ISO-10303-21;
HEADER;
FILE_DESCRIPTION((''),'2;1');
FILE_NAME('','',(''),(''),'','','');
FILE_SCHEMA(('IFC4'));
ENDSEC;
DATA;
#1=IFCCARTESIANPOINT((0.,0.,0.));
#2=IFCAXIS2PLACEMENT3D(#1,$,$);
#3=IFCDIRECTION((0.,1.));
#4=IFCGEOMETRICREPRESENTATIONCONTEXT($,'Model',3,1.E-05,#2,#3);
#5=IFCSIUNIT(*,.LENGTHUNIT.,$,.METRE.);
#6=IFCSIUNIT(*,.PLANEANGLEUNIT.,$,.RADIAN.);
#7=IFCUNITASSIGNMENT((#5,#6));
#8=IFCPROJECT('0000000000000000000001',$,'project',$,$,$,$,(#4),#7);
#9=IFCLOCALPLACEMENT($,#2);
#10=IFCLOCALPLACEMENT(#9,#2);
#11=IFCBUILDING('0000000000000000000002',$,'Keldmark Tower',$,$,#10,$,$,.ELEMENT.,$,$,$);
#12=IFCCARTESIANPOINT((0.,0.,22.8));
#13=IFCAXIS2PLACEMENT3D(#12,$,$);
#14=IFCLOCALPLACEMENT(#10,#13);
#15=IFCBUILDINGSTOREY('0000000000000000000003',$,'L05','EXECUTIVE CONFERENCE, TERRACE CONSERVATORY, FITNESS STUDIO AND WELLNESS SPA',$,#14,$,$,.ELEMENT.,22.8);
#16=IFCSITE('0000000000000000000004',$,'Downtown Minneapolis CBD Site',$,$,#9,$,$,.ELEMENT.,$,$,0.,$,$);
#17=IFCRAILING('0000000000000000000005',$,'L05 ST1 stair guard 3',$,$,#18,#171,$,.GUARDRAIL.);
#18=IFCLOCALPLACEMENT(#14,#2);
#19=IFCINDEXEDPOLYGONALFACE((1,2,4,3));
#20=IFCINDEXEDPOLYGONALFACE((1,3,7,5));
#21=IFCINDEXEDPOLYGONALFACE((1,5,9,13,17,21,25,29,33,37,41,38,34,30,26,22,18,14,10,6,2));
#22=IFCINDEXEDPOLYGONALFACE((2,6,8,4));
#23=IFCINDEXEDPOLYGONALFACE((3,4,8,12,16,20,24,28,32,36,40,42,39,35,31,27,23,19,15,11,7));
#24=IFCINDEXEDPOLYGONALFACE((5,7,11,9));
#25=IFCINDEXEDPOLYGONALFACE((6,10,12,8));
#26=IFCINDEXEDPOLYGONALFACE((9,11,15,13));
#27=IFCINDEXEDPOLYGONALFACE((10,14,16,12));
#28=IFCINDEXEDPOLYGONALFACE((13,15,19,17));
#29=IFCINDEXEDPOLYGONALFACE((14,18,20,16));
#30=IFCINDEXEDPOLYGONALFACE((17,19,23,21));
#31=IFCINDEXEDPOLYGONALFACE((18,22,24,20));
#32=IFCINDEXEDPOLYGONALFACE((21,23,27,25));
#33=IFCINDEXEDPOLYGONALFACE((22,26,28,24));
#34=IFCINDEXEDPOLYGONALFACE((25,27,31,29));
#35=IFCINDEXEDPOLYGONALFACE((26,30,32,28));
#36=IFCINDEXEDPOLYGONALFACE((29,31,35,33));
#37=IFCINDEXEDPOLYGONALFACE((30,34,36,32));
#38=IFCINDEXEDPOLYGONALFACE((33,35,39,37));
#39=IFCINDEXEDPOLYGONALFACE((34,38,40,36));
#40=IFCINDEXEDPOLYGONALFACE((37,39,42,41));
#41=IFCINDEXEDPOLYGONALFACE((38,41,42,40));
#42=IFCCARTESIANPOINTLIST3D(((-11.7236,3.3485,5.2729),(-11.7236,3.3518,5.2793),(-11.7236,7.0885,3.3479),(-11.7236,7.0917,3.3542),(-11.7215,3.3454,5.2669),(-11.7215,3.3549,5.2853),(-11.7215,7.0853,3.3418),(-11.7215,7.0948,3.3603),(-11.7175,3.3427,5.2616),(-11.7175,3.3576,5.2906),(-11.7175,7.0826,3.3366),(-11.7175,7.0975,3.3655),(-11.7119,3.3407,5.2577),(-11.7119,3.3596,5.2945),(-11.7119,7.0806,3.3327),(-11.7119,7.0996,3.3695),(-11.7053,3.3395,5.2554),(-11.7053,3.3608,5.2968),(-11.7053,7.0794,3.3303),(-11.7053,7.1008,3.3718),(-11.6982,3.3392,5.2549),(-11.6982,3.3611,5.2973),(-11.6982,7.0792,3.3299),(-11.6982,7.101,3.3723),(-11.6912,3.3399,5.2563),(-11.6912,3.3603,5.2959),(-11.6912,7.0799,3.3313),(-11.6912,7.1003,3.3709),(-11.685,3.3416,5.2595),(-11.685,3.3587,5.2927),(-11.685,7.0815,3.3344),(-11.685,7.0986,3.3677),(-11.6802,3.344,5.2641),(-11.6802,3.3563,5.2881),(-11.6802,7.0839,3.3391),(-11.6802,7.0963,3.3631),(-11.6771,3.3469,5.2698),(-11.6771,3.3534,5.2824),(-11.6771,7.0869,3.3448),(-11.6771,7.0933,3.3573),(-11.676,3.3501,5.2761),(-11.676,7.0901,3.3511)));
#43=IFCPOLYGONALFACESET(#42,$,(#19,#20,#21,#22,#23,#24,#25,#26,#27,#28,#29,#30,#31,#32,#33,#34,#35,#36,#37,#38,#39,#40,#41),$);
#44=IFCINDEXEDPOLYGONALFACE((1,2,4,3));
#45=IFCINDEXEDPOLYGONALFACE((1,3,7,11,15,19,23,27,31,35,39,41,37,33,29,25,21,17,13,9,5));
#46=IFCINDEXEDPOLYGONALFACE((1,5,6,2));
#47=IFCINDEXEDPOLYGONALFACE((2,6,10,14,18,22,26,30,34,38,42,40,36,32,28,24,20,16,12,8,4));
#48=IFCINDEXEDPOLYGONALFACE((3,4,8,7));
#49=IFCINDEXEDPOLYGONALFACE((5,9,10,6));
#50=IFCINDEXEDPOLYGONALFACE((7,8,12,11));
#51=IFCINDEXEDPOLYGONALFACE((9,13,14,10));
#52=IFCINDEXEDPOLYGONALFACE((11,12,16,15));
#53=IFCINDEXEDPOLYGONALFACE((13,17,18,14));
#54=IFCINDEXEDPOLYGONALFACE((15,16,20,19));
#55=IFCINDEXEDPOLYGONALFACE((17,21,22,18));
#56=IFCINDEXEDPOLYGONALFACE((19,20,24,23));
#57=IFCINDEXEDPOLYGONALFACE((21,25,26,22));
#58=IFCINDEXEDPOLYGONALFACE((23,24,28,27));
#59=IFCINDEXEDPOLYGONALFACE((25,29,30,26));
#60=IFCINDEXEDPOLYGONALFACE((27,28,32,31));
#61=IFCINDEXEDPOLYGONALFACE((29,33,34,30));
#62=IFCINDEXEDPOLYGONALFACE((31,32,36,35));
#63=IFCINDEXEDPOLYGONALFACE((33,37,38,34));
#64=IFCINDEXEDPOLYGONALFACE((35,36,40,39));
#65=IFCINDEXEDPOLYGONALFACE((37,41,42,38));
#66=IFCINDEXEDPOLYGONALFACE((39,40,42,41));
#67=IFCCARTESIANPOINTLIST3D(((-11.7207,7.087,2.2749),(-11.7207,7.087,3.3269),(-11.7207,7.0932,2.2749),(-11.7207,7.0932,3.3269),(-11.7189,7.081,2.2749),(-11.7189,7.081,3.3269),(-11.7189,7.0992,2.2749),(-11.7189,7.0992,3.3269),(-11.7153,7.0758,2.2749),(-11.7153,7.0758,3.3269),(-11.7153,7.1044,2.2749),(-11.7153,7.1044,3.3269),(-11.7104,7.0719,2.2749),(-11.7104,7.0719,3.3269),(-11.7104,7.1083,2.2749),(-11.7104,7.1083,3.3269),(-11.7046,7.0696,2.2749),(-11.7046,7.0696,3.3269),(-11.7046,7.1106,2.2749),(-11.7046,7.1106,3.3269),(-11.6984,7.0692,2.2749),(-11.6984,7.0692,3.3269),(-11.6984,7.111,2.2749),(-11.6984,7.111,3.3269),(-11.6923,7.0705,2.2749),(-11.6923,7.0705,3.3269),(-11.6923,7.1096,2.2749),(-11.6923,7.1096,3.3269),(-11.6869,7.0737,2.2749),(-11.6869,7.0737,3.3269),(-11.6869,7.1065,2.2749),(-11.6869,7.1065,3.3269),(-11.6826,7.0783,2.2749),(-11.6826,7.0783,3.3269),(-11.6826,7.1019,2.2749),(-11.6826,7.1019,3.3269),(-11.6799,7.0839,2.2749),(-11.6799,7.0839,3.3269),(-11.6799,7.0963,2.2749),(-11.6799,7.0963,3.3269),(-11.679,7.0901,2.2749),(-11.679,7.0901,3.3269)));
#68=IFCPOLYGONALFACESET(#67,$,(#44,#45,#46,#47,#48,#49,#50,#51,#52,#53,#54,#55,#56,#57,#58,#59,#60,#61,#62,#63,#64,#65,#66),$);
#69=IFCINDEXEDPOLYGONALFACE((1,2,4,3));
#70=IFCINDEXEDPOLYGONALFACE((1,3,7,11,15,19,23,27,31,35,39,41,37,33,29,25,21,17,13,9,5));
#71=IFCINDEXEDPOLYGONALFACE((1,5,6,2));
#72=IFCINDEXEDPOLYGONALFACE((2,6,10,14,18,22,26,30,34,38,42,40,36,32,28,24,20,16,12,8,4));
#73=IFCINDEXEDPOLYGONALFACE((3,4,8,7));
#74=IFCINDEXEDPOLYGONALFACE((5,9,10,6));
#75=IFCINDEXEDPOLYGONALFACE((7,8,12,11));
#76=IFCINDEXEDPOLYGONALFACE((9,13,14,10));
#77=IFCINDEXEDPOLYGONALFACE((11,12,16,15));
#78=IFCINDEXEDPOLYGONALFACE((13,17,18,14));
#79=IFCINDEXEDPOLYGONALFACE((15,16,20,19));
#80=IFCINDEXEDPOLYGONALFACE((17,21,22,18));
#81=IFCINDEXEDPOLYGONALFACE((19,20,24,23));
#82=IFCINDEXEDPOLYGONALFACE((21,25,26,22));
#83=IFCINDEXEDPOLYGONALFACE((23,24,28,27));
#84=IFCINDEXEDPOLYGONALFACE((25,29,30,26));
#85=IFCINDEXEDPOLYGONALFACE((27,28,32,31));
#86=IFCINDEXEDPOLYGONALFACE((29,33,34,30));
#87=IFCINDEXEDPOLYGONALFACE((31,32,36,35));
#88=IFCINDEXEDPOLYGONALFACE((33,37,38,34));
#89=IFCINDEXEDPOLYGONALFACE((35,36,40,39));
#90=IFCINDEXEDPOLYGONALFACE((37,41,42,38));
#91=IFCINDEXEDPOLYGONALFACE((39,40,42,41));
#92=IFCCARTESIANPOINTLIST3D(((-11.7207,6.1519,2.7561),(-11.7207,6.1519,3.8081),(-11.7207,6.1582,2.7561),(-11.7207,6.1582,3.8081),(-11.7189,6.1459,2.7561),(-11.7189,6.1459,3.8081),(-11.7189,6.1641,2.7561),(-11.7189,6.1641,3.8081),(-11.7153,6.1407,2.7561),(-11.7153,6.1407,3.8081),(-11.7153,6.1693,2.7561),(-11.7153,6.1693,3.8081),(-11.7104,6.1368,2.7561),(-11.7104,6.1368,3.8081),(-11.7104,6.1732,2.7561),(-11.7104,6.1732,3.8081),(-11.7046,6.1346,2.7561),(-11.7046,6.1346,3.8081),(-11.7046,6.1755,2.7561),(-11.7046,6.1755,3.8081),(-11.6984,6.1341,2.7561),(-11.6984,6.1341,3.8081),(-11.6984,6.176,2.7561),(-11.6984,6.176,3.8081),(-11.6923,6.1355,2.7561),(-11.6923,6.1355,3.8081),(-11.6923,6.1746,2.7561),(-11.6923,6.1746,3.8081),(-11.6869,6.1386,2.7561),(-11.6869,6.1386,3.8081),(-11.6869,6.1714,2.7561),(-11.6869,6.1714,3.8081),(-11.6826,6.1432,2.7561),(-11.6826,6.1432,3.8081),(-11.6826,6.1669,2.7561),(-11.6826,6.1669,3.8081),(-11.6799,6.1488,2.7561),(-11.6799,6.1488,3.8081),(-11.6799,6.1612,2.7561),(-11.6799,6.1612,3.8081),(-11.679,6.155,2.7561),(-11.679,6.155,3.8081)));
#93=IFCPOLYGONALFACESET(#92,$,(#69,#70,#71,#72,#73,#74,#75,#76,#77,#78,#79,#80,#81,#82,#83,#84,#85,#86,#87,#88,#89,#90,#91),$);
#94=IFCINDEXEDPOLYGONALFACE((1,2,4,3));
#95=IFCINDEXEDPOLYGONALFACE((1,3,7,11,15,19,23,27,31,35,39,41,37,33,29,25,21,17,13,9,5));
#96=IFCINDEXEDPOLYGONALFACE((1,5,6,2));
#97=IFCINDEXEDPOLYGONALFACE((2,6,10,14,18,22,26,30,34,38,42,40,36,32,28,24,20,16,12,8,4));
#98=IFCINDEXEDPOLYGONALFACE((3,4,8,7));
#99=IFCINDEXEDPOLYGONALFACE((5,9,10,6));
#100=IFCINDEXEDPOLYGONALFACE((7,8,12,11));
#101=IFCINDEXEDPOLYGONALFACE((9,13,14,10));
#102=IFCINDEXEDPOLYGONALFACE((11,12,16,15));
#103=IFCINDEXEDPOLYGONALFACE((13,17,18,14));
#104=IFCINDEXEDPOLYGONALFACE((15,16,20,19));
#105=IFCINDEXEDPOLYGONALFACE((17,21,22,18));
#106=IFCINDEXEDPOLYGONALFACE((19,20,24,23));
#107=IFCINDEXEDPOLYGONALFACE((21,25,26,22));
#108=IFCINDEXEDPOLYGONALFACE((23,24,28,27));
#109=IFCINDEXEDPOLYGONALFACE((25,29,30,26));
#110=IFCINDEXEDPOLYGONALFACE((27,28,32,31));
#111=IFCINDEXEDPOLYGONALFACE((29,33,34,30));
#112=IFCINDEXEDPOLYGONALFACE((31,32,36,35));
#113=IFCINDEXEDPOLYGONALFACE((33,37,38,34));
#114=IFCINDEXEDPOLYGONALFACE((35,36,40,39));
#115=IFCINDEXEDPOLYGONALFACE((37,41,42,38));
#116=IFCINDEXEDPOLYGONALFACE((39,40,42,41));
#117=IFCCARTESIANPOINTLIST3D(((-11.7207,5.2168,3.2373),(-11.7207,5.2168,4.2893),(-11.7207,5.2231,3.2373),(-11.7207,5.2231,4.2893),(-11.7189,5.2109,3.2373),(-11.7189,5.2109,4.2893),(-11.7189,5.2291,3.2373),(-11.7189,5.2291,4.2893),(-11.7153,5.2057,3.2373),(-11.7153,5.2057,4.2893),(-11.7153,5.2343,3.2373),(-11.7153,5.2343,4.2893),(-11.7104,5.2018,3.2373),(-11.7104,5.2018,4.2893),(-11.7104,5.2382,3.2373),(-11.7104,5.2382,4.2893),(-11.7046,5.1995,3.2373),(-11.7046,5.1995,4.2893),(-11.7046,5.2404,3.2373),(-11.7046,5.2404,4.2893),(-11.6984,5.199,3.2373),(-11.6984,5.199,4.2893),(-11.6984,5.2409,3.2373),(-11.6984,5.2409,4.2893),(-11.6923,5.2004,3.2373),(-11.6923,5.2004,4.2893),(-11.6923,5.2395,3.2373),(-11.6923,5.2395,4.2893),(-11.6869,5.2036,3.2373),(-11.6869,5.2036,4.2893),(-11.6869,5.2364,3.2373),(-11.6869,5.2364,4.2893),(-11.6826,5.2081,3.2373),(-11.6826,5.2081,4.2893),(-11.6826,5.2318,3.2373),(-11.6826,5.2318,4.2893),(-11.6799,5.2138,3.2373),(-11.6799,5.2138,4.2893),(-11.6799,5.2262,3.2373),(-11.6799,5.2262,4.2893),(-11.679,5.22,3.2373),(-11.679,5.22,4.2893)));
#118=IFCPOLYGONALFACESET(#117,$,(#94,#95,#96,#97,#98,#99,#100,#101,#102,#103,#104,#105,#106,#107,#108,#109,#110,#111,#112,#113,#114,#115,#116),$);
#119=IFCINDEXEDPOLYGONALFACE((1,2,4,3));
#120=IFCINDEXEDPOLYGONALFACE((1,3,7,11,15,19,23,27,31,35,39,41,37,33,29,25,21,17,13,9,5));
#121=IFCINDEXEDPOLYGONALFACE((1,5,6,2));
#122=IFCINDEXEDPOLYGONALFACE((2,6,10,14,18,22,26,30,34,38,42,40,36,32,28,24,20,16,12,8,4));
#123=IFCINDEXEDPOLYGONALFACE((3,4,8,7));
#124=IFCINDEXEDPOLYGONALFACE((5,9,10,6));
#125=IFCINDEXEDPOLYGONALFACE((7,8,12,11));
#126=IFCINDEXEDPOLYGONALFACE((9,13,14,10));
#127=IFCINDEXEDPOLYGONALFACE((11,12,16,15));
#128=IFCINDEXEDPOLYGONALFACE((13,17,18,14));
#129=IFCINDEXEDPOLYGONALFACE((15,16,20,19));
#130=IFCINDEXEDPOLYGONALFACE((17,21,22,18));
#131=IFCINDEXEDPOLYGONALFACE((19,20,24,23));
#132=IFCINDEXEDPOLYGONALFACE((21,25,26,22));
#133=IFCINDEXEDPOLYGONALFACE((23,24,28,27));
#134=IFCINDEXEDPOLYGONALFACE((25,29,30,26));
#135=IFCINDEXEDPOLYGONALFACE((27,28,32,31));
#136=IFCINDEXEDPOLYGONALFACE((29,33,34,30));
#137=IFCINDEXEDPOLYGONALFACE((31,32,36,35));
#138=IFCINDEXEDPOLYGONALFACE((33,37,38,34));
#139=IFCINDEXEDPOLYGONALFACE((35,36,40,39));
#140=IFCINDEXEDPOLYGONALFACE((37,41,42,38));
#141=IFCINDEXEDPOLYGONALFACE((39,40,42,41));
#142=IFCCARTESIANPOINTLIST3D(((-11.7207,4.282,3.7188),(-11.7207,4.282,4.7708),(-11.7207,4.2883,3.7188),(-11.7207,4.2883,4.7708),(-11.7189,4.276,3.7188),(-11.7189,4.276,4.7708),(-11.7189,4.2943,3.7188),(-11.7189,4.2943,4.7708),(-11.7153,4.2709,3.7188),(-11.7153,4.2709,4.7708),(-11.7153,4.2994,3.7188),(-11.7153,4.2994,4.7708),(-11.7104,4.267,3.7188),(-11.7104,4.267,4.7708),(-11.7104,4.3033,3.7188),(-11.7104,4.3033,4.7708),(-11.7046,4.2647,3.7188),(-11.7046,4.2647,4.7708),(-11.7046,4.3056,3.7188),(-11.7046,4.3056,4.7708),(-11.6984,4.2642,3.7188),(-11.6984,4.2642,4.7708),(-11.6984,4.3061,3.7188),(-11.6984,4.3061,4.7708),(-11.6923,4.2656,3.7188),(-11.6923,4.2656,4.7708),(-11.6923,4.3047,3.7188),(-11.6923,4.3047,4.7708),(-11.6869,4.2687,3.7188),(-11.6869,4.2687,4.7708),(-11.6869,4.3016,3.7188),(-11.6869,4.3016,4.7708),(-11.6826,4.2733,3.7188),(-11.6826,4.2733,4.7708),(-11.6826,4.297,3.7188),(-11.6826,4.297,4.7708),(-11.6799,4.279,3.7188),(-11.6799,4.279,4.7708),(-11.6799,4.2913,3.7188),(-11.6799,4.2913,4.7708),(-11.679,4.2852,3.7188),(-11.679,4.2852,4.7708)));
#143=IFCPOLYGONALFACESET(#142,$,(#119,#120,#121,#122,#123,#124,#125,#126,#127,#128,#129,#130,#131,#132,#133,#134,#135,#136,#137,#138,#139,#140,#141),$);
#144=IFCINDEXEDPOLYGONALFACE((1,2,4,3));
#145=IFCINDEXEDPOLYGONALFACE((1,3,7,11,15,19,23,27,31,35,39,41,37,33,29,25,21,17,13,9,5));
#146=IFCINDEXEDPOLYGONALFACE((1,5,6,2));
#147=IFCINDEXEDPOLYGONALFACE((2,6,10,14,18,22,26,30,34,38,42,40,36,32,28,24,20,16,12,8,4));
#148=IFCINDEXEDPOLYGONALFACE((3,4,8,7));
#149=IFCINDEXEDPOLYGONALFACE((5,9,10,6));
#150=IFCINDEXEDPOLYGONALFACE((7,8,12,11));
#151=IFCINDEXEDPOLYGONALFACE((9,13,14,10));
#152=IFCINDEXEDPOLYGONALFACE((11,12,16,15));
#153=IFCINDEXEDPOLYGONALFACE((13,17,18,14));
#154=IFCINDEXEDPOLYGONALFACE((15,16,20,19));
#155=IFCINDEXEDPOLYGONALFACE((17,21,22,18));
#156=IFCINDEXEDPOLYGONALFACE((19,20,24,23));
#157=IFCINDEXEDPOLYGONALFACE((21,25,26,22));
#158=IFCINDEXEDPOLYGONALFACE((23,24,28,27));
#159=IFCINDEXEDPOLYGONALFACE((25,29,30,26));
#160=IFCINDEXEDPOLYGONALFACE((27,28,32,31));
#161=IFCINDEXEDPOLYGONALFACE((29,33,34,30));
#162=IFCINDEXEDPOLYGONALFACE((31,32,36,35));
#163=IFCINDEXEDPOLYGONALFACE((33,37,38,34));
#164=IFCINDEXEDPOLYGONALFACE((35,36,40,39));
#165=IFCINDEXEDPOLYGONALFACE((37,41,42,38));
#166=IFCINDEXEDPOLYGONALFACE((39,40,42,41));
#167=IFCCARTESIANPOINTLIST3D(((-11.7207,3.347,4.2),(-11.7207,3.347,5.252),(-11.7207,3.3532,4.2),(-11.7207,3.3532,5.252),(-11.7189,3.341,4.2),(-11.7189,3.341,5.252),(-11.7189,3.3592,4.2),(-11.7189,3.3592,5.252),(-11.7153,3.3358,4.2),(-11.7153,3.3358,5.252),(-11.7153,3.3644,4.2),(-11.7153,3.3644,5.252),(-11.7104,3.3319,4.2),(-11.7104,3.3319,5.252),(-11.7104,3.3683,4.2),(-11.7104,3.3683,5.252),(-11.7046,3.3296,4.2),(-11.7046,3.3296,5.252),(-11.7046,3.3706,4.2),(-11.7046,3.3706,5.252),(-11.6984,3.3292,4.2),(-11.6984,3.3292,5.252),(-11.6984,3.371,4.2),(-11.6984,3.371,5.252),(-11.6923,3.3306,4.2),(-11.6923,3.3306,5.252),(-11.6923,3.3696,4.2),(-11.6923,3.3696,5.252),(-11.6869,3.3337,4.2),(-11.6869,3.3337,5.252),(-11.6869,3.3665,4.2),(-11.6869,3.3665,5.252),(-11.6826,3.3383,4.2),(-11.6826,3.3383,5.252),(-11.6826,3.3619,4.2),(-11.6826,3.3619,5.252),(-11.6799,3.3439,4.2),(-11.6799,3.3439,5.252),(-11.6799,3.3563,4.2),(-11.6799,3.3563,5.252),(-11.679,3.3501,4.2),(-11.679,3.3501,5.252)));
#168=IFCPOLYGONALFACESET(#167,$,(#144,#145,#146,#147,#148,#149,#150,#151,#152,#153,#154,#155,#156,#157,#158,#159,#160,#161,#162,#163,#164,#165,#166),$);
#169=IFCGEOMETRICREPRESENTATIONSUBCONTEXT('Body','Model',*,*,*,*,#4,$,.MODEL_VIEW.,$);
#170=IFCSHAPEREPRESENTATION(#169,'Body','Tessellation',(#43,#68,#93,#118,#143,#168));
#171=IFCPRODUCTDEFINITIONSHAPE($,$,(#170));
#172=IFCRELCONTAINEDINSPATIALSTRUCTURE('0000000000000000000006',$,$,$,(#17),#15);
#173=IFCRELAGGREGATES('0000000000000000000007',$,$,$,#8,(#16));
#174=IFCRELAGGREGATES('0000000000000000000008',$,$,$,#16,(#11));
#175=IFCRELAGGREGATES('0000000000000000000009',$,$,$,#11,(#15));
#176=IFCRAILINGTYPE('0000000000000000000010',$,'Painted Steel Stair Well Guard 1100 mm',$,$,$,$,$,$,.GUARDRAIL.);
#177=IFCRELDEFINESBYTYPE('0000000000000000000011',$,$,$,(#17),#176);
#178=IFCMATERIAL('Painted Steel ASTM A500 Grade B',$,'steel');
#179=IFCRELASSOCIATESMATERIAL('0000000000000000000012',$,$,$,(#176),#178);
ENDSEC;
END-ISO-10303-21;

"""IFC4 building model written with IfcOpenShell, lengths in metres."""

from ifc_helpers import new_model, si_unit, direction, frame, origin, origin_2d, place, context, subcontext, project, spatial, circle, extrude, material, type_object, element, save


model = new_model("IFC4")

# Units and contexts
model_context = context("Model", 3, precision=1e-05, world=origin(), true_north=direction((0.0, 1.0)))
body_context = subcontext(model_context, "Body", "Model", "MODEL_VIEW")
ifc_project = project(units=[si_unit("LENGTHUNIT", "METRE"), si_unit("PLANEANGLEUNIT", "RADIAN")], contexts=[model_context])

# Site, building, storey
site_placement = place(None, origin())
site = spatial("IfcSite", under=ifc_project, at=site_placement, Name="Downtown Minneapolis CBD Site", CompositionType="ELEMENT", RefElevation=0.0)
building_placement = place(site_placement, origin())
building = spatial("IfcBuilding", under=site, at=building_placement, Name="Keldmark Tower", CompositionType="ELEMENT")
storey_placement = place(building_placement, frame((0.0, 0.0, 22.8)))
storey = spatial("IfcBuildingStorey", under=building, at=storey_placement, Name="L05", Description="EXECUTIVE CONFERENCE, TERRACE CONSERVATORY, FITNESS STUDIO AND WELLNESS SPA", CompositionType="ELEMENT", Elevation=22.8)

# Railing
ifc_material_1 = material(Name="Painted Steel ASTM A500 Grade B", Category="steel")
railing_type_1 = type_object("IfcRailingType", Name="Painted Steel Stair Well Guard 1100 mm", PredefinedType="GUARDRAIL", material=ifc_material_1)
railing_1_placement = place(storey_placement, frame((-11.7, 7.0901, 2.2749)))
element("IfcRailing", 1, at=railing_1_placement, inside=storey, type_object=railing_type_1, Name="L05 ST1 stair guard 3", PredefinedType="GUARDRAIL", context=body_context, shape_type="SweptSolid", body=[
    extrude(circle(Radius=0.0239, at=origin_2d()), frame((0.0, 0.0, 1.0762), z_axis=(0.0, -0.889131, 0.457654), x_axis=(1.0, 0.0, 0.0)), (0.0, 0.0, 1.0), 4.2063),
    extrude(circle(Radius=0.021, at=origin_2d()), origin(), (0.0, 0.0, 1.0), 1.052),
    extrude(circle(Radius=0.021, at=origin_2d()), frame((0.0, -0.9351, 0.4812)), (0.0, 0.0, 1.0), 1.052),
    extrude(circle(Radius=0.021, at=origin_2d()), frame((0.0, -1.8701, 0.9624)), (0.0, 0.0, 1.0), 1.052),
    extrude(circle(Radius=0.021, at=origin_2d()), frame((0.0, -2.8049, 1.4438)), (0.0, 0.0, 1.0), 1.052),
    extrude(circle(Radius=0.021, at=origin_2d()), frame((0.0, -3.74, 1.925)), (0.0, 0.0, 1.0), 1.052),
])

save(model, "model.ifc")
